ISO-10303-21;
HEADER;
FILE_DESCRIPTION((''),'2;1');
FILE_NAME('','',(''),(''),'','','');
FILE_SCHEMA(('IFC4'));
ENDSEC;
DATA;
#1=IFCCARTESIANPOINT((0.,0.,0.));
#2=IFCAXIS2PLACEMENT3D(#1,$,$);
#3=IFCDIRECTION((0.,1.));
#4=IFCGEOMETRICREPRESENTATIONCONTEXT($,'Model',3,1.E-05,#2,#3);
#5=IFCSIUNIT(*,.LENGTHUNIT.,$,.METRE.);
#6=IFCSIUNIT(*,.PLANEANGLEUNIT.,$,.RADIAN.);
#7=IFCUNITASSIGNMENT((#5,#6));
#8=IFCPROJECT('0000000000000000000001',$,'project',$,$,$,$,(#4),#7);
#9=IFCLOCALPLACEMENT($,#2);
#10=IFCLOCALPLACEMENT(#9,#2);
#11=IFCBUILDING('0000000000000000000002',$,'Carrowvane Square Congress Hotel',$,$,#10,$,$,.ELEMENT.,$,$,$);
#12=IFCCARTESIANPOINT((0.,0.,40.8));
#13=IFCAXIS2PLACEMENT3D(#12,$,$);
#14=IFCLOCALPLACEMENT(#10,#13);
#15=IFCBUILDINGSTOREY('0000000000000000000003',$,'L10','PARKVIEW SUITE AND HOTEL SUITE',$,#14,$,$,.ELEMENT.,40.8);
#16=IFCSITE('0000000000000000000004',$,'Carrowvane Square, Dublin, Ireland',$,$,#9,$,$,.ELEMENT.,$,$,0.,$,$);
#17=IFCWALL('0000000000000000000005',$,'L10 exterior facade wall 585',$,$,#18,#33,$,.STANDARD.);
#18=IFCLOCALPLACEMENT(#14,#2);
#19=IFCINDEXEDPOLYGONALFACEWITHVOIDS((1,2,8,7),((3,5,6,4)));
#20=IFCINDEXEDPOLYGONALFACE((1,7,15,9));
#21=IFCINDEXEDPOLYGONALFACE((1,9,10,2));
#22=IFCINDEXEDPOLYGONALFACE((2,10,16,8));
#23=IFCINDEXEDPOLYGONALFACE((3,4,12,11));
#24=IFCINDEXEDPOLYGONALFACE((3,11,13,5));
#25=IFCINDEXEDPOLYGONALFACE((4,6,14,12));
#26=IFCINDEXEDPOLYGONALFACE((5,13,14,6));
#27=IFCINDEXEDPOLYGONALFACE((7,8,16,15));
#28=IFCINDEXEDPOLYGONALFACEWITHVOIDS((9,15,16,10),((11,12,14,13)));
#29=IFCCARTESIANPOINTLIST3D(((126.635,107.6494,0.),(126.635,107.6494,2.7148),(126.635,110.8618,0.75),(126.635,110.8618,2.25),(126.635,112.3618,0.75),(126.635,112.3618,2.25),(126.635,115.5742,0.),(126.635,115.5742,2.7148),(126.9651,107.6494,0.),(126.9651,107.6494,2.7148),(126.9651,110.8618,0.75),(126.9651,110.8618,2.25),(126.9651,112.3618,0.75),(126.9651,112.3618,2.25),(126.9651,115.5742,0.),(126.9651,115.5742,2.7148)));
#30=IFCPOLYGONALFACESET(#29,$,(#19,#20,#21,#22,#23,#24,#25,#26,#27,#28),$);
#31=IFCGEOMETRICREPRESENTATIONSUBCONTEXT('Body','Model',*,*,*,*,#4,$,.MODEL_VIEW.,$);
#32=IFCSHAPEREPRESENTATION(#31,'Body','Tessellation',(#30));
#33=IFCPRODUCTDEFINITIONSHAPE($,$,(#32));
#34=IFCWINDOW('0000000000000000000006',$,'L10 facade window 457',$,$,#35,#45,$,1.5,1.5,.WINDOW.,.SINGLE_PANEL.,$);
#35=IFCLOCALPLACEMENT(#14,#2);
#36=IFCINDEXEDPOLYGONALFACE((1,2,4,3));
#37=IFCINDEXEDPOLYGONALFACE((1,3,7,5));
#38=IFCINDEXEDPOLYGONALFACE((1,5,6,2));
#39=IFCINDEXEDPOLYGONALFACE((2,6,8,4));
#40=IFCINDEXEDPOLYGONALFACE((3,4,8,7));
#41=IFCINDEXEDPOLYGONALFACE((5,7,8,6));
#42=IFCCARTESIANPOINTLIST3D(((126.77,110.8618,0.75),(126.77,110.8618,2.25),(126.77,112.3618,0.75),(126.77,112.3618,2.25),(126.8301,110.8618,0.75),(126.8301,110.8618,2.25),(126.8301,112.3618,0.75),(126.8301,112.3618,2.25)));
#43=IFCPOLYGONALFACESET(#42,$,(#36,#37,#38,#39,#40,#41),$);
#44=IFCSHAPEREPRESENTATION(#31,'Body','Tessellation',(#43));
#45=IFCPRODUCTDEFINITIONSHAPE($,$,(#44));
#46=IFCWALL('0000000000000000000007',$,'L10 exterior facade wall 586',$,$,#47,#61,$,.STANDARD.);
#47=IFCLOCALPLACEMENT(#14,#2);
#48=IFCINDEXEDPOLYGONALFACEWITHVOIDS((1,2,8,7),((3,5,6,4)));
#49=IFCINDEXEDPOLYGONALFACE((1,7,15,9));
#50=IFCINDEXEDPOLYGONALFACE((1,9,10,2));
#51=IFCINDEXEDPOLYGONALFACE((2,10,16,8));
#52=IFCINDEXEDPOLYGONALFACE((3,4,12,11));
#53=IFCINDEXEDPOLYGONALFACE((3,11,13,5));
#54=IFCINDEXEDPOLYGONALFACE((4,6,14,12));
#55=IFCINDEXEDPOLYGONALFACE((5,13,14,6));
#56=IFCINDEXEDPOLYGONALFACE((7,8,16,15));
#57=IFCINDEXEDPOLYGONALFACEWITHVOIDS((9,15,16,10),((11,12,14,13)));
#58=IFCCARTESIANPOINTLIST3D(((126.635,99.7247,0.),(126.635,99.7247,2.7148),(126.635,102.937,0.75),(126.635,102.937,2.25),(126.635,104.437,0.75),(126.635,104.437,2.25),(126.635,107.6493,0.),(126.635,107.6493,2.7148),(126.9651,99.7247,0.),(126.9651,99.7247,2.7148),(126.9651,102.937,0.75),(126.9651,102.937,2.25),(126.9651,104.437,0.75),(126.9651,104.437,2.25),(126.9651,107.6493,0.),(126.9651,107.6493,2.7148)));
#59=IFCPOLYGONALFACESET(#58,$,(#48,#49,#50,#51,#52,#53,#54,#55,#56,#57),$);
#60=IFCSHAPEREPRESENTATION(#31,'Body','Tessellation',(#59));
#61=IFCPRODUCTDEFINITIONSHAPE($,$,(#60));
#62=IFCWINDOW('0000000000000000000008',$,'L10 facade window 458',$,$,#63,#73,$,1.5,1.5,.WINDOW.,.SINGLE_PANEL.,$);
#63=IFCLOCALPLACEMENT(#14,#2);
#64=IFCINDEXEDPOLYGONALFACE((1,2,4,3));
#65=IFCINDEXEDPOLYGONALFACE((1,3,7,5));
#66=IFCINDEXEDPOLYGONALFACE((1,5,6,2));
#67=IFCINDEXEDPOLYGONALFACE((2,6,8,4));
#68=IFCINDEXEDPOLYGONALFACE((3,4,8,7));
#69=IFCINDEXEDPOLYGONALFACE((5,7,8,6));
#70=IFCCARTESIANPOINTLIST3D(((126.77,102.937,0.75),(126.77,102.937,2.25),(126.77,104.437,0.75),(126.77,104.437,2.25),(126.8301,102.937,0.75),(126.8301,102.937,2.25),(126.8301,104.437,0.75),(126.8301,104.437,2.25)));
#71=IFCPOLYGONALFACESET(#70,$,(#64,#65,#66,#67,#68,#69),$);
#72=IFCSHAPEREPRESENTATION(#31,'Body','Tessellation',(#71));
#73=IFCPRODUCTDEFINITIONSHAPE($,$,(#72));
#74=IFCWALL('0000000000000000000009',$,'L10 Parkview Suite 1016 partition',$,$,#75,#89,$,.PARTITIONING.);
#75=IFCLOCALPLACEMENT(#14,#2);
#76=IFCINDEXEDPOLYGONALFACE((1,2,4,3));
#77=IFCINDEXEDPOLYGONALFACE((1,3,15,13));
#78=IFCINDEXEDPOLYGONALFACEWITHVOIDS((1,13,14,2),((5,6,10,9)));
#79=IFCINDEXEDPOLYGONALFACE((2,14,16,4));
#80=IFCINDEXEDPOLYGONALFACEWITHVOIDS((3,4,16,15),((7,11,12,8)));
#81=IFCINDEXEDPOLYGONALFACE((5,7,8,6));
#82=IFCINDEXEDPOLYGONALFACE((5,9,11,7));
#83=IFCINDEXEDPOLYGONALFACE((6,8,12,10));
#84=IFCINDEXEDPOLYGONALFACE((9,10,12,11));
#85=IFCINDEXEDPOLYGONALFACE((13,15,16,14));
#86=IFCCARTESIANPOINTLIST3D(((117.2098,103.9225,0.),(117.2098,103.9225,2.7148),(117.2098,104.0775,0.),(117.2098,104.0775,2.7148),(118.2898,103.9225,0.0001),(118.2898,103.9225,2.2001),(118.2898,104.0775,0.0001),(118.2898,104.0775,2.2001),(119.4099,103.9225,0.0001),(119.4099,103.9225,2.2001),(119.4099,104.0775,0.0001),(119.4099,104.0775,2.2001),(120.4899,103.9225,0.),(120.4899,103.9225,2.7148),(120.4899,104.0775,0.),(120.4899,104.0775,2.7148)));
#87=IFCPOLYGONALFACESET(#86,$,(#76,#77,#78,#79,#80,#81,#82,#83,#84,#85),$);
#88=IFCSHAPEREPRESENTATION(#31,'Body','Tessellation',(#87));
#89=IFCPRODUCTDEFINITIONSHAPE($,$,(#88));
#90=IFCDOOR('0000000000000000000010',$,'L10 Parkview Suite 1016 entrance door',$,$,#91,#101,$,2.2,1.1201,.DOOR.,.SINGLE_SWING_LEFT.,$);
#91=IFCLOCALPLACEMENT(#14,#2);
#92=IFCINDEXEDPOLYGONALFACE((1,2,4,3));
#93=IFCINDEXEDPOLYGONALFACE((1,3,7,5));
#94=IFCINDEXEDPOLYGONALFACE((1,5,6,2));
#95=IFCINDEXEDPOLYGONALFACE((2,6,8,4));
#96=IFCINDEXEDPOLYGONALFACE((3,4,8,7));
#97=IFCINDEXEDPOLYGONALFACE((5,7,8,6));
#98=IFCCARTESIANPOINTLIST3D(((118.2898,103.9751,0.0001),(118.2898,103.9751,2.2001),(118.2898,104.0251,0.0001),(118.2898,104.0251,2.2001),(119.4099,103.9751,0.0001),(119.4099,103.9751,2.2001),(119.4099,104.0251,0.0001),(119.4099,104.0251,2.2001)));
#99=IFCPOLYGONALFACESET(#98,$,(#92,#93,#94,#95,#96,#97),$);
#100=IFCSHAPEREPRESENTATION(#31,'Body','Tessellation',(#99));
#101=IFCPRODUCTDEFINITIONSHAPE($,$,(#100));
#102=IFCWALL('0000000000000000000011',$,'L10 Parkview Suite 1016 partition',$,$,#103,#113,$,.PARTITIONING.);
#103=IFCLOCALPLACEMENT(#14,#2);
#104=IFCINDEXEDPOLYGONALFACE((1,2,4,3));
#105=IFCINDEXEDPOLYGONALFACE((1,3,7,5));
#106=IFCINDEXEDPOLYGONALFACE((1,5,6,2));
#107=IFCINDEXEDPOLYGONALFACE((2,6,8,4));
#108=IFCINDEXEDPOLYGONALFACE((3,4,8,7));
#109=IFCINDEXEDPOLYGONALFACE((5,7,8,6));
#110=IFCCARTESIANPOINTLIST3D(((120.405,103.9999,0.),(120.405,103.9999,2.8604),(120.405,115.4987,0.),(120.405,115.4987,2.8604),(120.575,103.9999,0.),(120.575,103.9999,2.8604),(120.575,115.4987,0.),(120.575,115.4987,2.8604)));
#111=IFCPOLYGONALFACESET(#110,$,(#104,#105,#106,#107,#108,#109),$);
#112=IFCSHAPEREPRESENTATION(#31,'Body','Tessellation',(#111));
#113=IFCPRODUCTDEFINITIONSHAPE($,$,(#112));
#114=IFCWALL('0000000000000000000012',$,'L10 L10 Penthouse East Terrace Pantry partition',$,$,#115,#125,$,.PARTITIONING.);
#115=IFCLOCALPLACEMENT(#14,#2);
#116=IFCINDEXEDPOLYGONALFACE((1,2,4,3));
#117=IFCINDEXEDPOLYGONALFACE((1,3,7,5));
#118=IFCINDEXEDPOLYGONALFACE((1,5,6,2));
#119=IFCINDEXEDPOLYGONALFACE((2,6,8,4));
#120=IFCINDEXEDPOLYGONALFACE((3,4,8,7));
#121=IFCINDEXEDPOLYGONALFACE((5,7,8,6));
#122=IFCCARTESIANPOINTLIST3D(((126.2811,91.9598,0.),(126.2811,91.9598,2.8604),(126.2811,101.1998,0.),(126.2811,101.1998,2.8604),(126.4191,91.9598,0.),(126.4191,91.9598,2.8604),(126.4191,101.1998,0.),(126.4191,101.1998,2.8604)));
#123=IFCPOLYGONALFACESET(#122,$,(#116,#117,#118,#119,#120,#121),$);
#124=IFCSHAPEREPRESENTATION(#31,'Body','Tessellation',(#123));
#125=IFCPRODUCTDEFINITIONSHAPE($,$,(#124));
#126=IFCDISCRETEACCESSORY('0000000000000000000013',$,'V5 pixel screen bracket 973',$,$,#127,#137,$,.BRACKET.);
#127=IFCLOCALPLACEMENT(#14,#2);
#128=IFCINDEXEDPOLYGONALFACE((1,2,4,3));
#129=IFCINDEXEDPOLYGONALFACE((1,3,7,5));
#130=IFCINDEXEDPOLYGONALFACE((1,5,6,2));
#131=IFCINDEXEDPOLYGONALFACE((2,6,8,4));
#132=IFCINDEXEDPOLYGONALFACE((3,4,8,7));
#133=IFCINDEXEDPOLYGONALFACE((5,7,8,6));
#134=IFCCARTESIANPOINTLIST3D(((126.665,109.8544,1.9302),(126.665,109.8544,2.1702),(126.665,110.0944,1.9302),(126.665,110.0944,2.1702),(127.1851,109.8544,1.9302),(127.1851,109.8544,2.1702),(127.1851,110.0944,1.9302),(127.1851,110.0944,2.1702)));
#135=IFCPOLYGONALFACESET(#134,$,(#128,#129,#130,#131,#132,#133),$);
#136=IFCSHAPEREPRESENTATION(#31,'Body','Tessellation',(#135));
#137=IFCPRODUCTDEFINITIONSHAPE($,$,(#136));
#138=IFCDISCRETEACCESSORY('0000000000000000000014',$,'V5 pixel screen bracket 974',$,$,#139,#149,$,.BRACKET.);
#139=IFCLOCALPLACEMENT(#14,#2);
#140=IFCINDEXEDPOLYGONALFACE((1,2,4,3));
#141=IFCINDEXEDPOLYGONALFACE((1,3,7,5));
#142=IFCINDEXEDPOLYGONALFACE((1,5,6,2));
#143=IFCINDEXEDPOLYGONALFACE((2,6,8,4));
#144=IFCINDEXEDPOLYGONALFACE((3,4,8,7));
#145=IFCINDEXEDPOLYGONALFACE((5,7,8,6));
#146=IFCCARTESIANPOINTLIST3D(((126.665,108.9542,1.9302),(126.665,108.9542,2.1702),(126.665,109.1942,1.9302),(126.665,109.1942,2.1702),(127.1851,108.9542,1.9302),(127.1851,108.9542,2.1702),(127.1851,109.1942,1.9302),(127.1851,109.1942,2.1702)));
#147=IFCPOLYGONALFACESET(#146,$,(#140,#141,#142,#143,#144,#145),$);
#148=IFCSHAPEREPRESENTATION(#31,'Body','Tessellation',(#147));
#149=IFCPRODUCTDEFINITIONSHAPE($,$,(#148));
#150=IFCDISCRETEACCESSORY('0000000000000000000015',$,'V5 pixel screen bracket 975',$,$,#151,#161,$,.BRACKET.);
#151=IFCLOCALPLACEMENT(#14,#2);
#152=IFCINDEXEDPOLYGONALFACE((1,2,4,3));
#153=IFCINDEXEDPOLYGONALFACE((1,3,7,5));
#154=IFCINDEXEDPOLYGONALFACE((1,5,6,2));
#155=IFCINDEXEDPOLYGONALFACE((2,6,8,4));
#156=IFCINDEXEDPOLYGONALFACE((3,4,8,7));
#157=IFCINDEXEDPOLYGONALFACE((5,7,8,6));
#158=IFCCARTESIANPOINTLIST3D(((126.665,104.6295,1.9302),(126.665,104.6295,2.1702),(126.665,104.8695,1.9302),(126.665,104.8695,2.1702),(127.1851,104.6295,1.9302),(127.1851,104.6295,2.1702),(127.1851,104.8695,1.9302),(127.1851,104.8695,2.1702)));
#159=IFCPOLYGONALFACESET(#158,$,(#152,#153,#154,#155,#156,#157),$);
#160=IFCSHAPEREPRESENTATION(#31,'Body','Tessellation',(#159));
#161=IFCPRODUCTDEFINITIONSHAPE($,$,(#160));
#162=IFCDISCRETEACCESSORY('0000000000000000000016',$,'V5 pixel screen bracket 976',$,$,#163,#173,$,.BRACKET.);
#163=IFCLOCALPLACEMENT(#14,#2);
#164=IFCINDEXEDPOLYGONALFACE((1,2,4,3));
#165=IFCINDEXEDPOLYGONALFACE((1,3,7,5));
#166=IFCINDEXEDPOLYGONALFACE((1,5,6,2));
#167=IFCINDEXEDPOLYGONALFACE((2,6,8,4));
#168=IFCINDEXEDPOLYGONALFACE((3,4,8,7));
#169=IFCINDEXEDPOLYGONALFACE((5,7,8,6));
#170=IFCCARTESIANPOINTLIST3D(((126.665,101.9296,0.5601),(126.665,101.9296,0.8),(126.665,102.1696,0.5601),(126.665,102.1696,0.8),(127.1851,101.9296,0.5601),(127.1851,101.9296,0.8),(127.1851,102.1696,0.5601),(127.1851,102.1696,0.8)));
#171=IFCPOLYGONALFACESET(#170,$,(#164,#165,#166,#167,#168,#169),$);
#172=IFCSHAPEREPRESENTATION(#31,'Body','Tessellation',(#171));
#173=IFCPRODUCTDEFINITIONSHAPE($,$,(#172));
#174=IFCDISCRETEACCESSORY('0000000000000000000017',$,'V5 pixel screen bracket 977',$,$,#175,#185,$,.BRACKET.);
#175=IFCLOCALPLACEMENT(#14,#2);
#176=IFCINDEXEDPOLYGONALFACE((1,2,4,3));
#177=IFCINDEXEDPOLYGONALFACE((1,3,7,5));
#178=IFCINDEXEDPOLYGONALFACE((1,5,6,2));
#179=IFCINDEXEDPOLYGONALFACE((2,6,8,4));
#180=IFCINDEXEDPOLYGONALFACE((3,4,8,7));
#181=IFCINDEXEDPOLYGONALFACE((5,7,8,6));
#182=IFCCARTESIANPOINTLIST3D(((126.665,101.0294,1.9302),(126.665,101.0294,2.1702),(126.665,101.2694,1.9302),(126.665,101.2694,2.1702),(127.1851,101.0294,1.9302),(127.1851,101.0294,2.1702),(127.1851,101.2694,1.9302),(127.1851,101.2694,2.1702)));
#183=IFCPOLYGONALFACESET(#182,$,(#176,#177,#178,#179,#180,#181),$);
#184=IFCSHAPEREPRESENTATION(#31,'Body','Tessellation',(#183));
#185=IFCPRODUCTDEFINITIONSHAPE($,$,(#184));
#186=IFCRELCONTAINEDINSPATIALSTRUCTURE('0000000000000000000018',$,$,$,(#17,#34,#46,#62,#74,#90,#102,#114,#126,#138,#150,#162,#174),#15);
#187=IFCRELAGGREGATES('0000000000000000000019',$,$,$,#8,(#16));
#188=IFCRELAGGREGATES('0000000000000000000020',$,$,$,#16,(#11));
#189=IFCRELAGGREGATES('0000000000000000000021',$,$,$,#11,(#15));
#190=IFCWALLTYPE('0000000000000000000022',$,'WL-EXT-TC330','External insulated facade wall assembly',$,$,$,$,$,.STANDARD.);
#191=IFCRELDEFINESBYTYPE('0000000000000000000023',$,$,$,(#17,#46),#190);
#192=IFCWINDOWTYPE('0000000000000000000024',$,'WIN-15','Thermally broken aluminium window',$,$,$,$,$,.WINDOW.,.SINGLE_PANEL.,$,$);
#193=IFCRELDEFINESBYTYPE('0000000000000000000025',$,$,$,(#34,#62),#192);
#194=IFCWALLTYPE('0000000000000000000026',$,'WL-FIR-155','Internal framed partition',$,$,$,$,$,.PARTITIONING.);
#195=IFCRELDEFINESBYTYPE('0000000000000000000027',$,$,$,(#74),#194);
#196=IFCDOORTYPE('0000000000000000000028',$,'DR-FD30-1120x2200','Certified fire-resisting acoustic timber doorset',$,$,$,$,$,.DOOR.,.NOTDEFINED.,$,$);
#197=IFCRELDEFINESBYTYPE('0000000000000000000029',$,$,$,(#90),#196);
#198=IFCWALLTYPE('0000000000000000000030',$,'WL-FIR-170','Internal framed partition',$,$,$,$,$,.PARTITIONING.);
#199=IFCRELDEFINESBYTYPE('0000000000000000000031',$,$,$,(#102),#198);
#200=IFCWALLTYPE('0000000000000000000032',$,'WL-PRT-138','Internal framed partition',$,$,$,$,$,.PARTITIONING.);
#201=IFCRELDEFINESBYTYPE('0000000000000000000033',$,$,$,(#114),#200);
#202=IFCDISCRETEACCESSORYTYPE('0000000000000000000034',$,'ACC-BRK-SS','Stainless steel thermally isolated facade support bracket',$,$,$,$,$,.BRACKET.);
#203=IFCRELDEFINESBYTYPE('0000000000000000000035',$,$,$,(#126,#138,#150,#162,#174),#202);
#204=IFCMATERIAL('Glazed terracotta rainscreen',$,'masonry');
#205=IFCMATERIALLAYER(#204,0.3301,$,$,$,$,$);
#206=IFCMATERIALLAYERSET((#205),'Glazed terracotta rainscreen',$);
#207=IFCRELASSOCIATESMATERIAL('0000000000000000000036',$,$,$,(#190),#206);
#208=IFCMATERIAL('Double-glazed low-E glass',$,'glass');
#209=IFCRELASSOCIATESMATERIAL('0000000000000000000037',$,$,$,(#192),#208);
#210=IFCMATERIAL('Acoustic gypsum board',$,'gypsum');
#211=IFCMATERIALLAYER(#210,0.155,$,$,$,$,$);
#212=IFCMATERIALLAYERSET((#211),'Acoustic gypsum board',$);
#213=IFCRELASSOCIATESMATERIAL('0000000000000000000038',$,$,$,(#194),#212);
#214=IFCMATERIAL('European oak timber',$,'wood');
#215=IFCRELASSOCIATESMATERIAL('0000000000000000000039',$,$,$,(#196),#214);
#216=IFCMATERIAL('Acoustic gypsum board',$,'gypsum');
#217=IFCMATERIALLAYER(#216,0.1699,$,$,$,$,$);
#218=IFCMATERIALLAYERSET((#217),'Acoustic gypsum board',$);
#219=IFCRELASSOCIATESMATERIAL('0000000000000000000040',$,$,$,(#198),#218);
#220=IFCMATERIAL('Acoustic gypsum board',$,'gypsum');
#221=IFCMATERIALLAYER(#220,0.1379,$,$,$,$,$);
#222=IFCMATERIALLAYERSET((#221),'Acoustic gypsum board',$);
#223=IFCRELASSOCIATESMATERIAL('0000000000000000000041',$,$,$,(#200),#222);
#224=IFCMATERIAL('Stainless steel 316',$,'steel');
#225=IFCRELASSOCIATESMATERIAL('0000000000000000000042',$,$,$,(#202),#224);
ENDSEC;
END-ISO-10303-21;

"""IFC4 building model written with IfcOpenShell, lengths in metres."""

from ifc_helpers import new_model, si_unit, direction, frame, frame_2d, origin, origin_2d, place, context, subcontext, project, spatial, rectangle, extrude, material, layer, layer_set, type_object, element, fill, save


model = new_model("IFC4")

# Units and contexts
model_context = context("Model", 3, precision=1e-05, world=origin(), true_north=direction((0.0, 1.0)))
body_context = subcontext(model_context, "Body", "Model", "MODEL_VIEW")
ifc_project = project(units=[si_unit("LENGTHUNIT", "METRE"), si_unit("PLANEANGLEUNIT", "RADIAN")], contexts=[model_context])

# Site, building, storey
site_placement = place(None, origin())
site = spatial("IfcSite", under=ifc_project, at=site_placement, Name="Carrowvane Square, Dublin, Ireland", CompositionType="ELEMENT", RefElevation=0.0)
building_placement = place(site_placement, origin())
building = spatial("IfcBuilding", under=site, at=building_placement, Name="Carrowvane Square Congress Hotel", CompositionType="ELEMENT")
storey_placement = place(building_placement, frame((0.0, 0.0, 40.8)))
storey = spatial("IfcBuildingStorey", under=building, at=storey_placement, Name="L10", Description="PARKVIEW SUITE AND HOTEL SUITE", CompositionType="ELEMENT", Elevation=40.8)

# Walls, openings, windows
ifc_material_1 = material(Name="Glazed terracotta rainscreen", Category="masonry")
ifc_layer_1 = layer(ifc_material_1, 0.3301)
ifc_layer_set_1 = layer_set([ifc_layer_1], Name="Glazed terracotta rainscreen")
wall_type_1 = type_object("IfcWallType", Name="WL-EXT-TC330", Description="External insulated facade wall assembly", PredefinedType="STANDARD", material=ifc_layer_set_1)
wall_1_placement = place(storey_placement, frame((126.8, 115.5742, 0.0), z_axis=(0.0, 0.0, 1.0), x_axis=(0.0, -1.0, 0.0)))
wall_1 = element("IfcWall", 1, at=wall_1_placement, inside=storey, type_object=wall_type_1, Name="L10 exterior facade wall 585", PredefinedType="STANDARD", context=body_context, shape_type="SweptSolid", body=[
    extrude(rectangle(XDim=7.9248, YDim=0.3301, at=frame_2d((3.9624, 0.0))), origin(), (0.0, 0.0, 1.0), 2.7148),
])
opening_1_placement = place(wall_1_placement, frame((3.2124, 0.0, 0.75)))
opening_1 = element("IfcOpeningElement", 2, at=opening_1_placement, cuts=wall_1, PredefinedType="OPENING", context=body_context, shape_type="SweptSolid", body=[
    extrude(rectangle(XDim=1.5, YDim=1.5, at=frame_2d((0.75, 0.75))), frame((0.0, 0.175, 0.0), z_axis=(0.0, -1.0, 0.0), x_axis=(1.0, 0.0, 0.0)), (0.0, 0.0, 1.0), 0.3501),
])
ifc_material_2 = material(Name="Double-glazed low-E glass", Category="glass")
window_type = type_object("IfcWindowType", Name="WIN-15", Description="Thermally broken aluminium window", PartitioningType="SINGLE_PANEL", PredefinedType="WINDOW", material=ifc_material_2)
window_1_placement = place(opening_1_placement, origin())
window_1 = element("IfcWindow", 3, at=window_1_placement, inside=storey, type_object=window_type, Name="L10 facade window 457", OverallHeight=1.5, OverallWidth=1.5, PartitioningType="SINGLE_PANEL", PredefinedType="WINDOW", context=body_context, shape_type="SweptSolid", body=[
    extrude(rectangle(XDim=1.5, YDim=1.5, at=frame_2d((0.75, 0.75))), frame((0.0, 0.03, 0.0), z_axis=(0.0, -1.0, 0.0), x_axis=(1.0, 0.0, 0.0)), (0.0, 0.0, 1.0), 0.0601),
])
fill(opening_1, window_1)
wall_2_placement = place(storey_placement, frame((126.8, 107.6494, 0.0), z_axis=(0.0, 0.0, 1.0), x_axis=(0.0, -1.0, 0.0)))
wall_2 = element("IfcWall", 4, at=wall_2_placement, inside=storey, type_object=wall_type_1, Name="L10 exterior facade wall 586", PredefinedType="STANDARD", context=body_context, shape_type="SweptSolid", body=[
    extrude(rectangle(XDim=7.9246, YDim=0.3301, at=frame_2d((3.9624, 0.0))), origin(), (0.0, 0.0, 1.0), 2.7148),
])
opening_2_placement = place(wall_2_placement, frame((3.2124, 0.0, 0.75)))
opening_2 = element("IfcOpeningElement", 5, at=opening_2_placement, cuts=wall_2, PredefinedType="OPENING", context=body_context, shape_type="SweptSolid", body=[
    extrude(rectangle(XDim=1.5, YDim=1.5, at=frame_2d((0.75, 0.75))), frame((0.0, 0.175, 0.0), z_axis=(0.0, -1.0, 0.0), x_axis=(1.0, 0.0, 0.0)), (0.0, 0.0, 1.0), 0.3501),
])
window_2_placement = place(opening_2_placement, origin())
window_2 = element("IfcWindow", 6, at=window_2_placement, inside=storey, type_object=window_type, Name="L10 facade window 458", OverallHeight=1.5, OverallWidth=1.5, PartitioningType="SINGLE_PANEL", PredefinedType="WINDOW", context=body_context, shape_type="SweptSolid", body=[
    extrude(rectangle(XDim=1.5, YDim=1.5, at=frame_2d((0.75, 0.75))), frame((0.0, 0.03, 0.0), z_axis=(0.0, -1.0, 0.0), x_axis=(1.0, 0.0, 0.0)), (0.0, 0.0, 1.0), 0.0601),
])
fill(opening_2, window_2)

# Wall, opening, door
ifc_material_3 = material(Name="Acoustic gypsum board", Category="gypsum")
ifc_layer_2 = layer(ifc_material_3, 0.155)
ifc_layer_set_2 = layer_set([ifc_layer_2], Name="Acoustic gypsum board")
wall_type_2 = type_object("IfcWallType", Name="WL-FIR-155", Description="Internal framed partition", PredefinedType="PARTITIONING", material=ifc_layer_set_2)
wall_3_placement = place(storey_placement, frame((120.49, 104.0, 0.0), z_axis=(0.0, 0.0, 1.0), x_axis=(-1.0, 0.0, 0.0)))
wall_3 = element("IfcWall", 7, at=wall_3_placement, inside=storey, type_object=wall_type_2, Name="L10 Parkview Suite 1016 partition", PredefinedType="PARTITIONING", context=body_context, shape_type="SweptSolid", body=[
    extrude(rectangle(XDim=3.28, YDim=0.155, at=frame_2d((1.6401, 0.0))), origin(), (0.0, 0.0, 1.0), 2.7148),
])
opening_3_placement = place(wall_3_placement, frame((1.0801, 0.0, 0.0)))
opening_3 = element("IfcOpeningElement", 8, at=opening_3_placement, cuts=wall_3, PredefinedType="OPENING", context=body_context, shape_type="SweptSolid", body=[
    extrude(rectangle(XDim=1.1201, YDim=2.2, at=frame_2d((0.5601, 1.1001))), frame((0.0, 0.0874, 0.0), z_axis=(0.0, -1.0, 0.0), x_axis=(1.0, 0.0, 0.0)), (0.0, 0.0, 1.0), 0.175),
])
ifc_material_4 = material(Name="European oak timber", Category="wood")
door_type = type_object("IfcDoorType", Name="DR-FD30-1120x2200", Description="Certified fire-resisting acoustic timber doorset", OperationType="NOTDEFINED", PredefinedType="DOOR", material=ifc_material_4)
door_placement = place(opening_3_placement, origin())
door = element("IfcDoor", 9, at=door_placement, inside=storey, type_object=door_type, Name="L10 Parkview Suite 1016 entrance door", OperationType="SINGLE_SWING_LEFT", OverallHeight=2.2, OverallWidth=1.1201, PredefinedType="DOOR", context=body_context, shape_type="SweptSolid", body=[
    extrude(rectangle(XDim=1.1201, YDim=2.2, at=frame_2d((0.5601, 1.1001))), frame((0.0, 0.0249, 0.0), z_axis=(0.0, -1.0, 0.0), x_axis=(1.0, 0.0, 0.0)), (0.0, 0.0, 1.0), 0.05),
])
fill(opening_3, door)

# Walls
ifc_material_5 = material(Name="Acoustic gypsum board", Category="gypsum")
ifc_layer_3 = layer(ifc_material_5, 0.1699)
ifc_layer_set_3 = layer_set([ifc_layer_3], Name="Acoustic gypsum board")
wall_type_3 = type_object("IfcWallType", Name="WL-FIR-170", Description="Internal framed partition", PredefinedType="PARTITIONING", material=ifc_layer_set_3)
wall_4_placement = place(storey_placement, frame((120.49, 115.4988, 0.0), z_axis=(0.0, 0.0, 1.0), x_axis=(0.0, -1.0, 0.0)))
element("IfcWall", 10, at=wall_4_placement, inside=storey, type_object=wall_type_3, Name="L10 Parkview Suite 1016 partition", PredefinedType="PARTITIONING", context=body_context, shape_type="SweptSolid", body=[
    extrude(rectangle(XDim=11.4988, YDim=0.1699, at=frame_2d((5.7495, 0.0))), origin(), (0.0, 0.0, 1.0), 2.8604),
])
ifc_material_6 = material(Name="Acoustic gypsum board", Category="gypsum")
ifc_layer_4 = layer(ifc_material_6, 0.1379)
ifc_layer_set_4 = layer_set([ifc_layer_4], Name="Acoustic gypsum board")
wall_type_4 = type_object("IfcWallType", Name="WL-PRT-138", Description="Internal framed partition", PredefinedType="PARTITIONING", material=ifc_layer_set_4)
wall_5_placement = place(storey_placement, frame((126.3501, 101.2, 0.0), z_axis=(0.0, 0.0, 1.0), x_axis=(0.0, -1.0, 0.0)))
element("IfcWall", 11, at=wall_5_placement, inside=storey, type_object=wall_type_4, Name="L10 L10 Penthouse East Terrace Pantry partition", PredefinedType="PARTITIONING", context=body_context, shape_type="SweptSolid", body=[
    extrude(rectangle(XDim=9.24, YDim=0.1379, at=frame_2d((4.6201, 0.0))), origin(), (0.0, 0.0, 1.0), 2.8604),
])

# Discrete accessories
ifc_material_7 = material(Name="Stainless steel 316", Category="steel")
discrete_accessory_type = type_object("IfcDiscreteAccessoryType", Name="ACC-BRK-SS", Description="Stainless steel thermally isolated facade support bracket", PredefinedType="BRACKET", material=ifc_material_7)
for number, where, z_axis, x_axis, name in (
    (12, (126.925, 109.9744, 1.9302), (0.0, 0.0, 1.0), (0.0, -1.0, 0.0), "V5 pixel screen bracket 973"),
    (13, (126.925, 109.0742, 1.9302), (0.0, 0.0, 1.0), (0.0, -1.0, 0.0), "V5 pixel screen bracket 974"),
    (14, (126.925, 104.7495, 1.9302), (0.0, 0.0, 1.0), (0.0, -1.0, 0.0), "V5 pixel screen bracket 975"),
    (15, (126.925, 102.0496, 0.5601), (0.0, 0.0, 1.0), (0.0, -1.0, 0.0), "V5 pixel screen bracket 976"),
    (16, (126.925, 101.1494, 1.9302), (0.0, 0.0, 1.0), (0.0, -1.0, 0.0), "V5 pixel screen bracket 977"),
):
    element("IfcDiscreteAccessory", number, at=place(storey_placement, frame(where, z_axis=z_axis, x_axis=x_axis)), inside=storey, type_object=discrete_accessory_type, Name=name, PredefinedType="BRACKET", context=body_context, shape_type="SweptSolid", body=[
        extrude(rectangle(XDim=0.24, YDim=0.52, at=origin_2d()), origin(), (0.0, 0.0, 1.0), 0.24),
    ])

save(model, "model.ifc")
